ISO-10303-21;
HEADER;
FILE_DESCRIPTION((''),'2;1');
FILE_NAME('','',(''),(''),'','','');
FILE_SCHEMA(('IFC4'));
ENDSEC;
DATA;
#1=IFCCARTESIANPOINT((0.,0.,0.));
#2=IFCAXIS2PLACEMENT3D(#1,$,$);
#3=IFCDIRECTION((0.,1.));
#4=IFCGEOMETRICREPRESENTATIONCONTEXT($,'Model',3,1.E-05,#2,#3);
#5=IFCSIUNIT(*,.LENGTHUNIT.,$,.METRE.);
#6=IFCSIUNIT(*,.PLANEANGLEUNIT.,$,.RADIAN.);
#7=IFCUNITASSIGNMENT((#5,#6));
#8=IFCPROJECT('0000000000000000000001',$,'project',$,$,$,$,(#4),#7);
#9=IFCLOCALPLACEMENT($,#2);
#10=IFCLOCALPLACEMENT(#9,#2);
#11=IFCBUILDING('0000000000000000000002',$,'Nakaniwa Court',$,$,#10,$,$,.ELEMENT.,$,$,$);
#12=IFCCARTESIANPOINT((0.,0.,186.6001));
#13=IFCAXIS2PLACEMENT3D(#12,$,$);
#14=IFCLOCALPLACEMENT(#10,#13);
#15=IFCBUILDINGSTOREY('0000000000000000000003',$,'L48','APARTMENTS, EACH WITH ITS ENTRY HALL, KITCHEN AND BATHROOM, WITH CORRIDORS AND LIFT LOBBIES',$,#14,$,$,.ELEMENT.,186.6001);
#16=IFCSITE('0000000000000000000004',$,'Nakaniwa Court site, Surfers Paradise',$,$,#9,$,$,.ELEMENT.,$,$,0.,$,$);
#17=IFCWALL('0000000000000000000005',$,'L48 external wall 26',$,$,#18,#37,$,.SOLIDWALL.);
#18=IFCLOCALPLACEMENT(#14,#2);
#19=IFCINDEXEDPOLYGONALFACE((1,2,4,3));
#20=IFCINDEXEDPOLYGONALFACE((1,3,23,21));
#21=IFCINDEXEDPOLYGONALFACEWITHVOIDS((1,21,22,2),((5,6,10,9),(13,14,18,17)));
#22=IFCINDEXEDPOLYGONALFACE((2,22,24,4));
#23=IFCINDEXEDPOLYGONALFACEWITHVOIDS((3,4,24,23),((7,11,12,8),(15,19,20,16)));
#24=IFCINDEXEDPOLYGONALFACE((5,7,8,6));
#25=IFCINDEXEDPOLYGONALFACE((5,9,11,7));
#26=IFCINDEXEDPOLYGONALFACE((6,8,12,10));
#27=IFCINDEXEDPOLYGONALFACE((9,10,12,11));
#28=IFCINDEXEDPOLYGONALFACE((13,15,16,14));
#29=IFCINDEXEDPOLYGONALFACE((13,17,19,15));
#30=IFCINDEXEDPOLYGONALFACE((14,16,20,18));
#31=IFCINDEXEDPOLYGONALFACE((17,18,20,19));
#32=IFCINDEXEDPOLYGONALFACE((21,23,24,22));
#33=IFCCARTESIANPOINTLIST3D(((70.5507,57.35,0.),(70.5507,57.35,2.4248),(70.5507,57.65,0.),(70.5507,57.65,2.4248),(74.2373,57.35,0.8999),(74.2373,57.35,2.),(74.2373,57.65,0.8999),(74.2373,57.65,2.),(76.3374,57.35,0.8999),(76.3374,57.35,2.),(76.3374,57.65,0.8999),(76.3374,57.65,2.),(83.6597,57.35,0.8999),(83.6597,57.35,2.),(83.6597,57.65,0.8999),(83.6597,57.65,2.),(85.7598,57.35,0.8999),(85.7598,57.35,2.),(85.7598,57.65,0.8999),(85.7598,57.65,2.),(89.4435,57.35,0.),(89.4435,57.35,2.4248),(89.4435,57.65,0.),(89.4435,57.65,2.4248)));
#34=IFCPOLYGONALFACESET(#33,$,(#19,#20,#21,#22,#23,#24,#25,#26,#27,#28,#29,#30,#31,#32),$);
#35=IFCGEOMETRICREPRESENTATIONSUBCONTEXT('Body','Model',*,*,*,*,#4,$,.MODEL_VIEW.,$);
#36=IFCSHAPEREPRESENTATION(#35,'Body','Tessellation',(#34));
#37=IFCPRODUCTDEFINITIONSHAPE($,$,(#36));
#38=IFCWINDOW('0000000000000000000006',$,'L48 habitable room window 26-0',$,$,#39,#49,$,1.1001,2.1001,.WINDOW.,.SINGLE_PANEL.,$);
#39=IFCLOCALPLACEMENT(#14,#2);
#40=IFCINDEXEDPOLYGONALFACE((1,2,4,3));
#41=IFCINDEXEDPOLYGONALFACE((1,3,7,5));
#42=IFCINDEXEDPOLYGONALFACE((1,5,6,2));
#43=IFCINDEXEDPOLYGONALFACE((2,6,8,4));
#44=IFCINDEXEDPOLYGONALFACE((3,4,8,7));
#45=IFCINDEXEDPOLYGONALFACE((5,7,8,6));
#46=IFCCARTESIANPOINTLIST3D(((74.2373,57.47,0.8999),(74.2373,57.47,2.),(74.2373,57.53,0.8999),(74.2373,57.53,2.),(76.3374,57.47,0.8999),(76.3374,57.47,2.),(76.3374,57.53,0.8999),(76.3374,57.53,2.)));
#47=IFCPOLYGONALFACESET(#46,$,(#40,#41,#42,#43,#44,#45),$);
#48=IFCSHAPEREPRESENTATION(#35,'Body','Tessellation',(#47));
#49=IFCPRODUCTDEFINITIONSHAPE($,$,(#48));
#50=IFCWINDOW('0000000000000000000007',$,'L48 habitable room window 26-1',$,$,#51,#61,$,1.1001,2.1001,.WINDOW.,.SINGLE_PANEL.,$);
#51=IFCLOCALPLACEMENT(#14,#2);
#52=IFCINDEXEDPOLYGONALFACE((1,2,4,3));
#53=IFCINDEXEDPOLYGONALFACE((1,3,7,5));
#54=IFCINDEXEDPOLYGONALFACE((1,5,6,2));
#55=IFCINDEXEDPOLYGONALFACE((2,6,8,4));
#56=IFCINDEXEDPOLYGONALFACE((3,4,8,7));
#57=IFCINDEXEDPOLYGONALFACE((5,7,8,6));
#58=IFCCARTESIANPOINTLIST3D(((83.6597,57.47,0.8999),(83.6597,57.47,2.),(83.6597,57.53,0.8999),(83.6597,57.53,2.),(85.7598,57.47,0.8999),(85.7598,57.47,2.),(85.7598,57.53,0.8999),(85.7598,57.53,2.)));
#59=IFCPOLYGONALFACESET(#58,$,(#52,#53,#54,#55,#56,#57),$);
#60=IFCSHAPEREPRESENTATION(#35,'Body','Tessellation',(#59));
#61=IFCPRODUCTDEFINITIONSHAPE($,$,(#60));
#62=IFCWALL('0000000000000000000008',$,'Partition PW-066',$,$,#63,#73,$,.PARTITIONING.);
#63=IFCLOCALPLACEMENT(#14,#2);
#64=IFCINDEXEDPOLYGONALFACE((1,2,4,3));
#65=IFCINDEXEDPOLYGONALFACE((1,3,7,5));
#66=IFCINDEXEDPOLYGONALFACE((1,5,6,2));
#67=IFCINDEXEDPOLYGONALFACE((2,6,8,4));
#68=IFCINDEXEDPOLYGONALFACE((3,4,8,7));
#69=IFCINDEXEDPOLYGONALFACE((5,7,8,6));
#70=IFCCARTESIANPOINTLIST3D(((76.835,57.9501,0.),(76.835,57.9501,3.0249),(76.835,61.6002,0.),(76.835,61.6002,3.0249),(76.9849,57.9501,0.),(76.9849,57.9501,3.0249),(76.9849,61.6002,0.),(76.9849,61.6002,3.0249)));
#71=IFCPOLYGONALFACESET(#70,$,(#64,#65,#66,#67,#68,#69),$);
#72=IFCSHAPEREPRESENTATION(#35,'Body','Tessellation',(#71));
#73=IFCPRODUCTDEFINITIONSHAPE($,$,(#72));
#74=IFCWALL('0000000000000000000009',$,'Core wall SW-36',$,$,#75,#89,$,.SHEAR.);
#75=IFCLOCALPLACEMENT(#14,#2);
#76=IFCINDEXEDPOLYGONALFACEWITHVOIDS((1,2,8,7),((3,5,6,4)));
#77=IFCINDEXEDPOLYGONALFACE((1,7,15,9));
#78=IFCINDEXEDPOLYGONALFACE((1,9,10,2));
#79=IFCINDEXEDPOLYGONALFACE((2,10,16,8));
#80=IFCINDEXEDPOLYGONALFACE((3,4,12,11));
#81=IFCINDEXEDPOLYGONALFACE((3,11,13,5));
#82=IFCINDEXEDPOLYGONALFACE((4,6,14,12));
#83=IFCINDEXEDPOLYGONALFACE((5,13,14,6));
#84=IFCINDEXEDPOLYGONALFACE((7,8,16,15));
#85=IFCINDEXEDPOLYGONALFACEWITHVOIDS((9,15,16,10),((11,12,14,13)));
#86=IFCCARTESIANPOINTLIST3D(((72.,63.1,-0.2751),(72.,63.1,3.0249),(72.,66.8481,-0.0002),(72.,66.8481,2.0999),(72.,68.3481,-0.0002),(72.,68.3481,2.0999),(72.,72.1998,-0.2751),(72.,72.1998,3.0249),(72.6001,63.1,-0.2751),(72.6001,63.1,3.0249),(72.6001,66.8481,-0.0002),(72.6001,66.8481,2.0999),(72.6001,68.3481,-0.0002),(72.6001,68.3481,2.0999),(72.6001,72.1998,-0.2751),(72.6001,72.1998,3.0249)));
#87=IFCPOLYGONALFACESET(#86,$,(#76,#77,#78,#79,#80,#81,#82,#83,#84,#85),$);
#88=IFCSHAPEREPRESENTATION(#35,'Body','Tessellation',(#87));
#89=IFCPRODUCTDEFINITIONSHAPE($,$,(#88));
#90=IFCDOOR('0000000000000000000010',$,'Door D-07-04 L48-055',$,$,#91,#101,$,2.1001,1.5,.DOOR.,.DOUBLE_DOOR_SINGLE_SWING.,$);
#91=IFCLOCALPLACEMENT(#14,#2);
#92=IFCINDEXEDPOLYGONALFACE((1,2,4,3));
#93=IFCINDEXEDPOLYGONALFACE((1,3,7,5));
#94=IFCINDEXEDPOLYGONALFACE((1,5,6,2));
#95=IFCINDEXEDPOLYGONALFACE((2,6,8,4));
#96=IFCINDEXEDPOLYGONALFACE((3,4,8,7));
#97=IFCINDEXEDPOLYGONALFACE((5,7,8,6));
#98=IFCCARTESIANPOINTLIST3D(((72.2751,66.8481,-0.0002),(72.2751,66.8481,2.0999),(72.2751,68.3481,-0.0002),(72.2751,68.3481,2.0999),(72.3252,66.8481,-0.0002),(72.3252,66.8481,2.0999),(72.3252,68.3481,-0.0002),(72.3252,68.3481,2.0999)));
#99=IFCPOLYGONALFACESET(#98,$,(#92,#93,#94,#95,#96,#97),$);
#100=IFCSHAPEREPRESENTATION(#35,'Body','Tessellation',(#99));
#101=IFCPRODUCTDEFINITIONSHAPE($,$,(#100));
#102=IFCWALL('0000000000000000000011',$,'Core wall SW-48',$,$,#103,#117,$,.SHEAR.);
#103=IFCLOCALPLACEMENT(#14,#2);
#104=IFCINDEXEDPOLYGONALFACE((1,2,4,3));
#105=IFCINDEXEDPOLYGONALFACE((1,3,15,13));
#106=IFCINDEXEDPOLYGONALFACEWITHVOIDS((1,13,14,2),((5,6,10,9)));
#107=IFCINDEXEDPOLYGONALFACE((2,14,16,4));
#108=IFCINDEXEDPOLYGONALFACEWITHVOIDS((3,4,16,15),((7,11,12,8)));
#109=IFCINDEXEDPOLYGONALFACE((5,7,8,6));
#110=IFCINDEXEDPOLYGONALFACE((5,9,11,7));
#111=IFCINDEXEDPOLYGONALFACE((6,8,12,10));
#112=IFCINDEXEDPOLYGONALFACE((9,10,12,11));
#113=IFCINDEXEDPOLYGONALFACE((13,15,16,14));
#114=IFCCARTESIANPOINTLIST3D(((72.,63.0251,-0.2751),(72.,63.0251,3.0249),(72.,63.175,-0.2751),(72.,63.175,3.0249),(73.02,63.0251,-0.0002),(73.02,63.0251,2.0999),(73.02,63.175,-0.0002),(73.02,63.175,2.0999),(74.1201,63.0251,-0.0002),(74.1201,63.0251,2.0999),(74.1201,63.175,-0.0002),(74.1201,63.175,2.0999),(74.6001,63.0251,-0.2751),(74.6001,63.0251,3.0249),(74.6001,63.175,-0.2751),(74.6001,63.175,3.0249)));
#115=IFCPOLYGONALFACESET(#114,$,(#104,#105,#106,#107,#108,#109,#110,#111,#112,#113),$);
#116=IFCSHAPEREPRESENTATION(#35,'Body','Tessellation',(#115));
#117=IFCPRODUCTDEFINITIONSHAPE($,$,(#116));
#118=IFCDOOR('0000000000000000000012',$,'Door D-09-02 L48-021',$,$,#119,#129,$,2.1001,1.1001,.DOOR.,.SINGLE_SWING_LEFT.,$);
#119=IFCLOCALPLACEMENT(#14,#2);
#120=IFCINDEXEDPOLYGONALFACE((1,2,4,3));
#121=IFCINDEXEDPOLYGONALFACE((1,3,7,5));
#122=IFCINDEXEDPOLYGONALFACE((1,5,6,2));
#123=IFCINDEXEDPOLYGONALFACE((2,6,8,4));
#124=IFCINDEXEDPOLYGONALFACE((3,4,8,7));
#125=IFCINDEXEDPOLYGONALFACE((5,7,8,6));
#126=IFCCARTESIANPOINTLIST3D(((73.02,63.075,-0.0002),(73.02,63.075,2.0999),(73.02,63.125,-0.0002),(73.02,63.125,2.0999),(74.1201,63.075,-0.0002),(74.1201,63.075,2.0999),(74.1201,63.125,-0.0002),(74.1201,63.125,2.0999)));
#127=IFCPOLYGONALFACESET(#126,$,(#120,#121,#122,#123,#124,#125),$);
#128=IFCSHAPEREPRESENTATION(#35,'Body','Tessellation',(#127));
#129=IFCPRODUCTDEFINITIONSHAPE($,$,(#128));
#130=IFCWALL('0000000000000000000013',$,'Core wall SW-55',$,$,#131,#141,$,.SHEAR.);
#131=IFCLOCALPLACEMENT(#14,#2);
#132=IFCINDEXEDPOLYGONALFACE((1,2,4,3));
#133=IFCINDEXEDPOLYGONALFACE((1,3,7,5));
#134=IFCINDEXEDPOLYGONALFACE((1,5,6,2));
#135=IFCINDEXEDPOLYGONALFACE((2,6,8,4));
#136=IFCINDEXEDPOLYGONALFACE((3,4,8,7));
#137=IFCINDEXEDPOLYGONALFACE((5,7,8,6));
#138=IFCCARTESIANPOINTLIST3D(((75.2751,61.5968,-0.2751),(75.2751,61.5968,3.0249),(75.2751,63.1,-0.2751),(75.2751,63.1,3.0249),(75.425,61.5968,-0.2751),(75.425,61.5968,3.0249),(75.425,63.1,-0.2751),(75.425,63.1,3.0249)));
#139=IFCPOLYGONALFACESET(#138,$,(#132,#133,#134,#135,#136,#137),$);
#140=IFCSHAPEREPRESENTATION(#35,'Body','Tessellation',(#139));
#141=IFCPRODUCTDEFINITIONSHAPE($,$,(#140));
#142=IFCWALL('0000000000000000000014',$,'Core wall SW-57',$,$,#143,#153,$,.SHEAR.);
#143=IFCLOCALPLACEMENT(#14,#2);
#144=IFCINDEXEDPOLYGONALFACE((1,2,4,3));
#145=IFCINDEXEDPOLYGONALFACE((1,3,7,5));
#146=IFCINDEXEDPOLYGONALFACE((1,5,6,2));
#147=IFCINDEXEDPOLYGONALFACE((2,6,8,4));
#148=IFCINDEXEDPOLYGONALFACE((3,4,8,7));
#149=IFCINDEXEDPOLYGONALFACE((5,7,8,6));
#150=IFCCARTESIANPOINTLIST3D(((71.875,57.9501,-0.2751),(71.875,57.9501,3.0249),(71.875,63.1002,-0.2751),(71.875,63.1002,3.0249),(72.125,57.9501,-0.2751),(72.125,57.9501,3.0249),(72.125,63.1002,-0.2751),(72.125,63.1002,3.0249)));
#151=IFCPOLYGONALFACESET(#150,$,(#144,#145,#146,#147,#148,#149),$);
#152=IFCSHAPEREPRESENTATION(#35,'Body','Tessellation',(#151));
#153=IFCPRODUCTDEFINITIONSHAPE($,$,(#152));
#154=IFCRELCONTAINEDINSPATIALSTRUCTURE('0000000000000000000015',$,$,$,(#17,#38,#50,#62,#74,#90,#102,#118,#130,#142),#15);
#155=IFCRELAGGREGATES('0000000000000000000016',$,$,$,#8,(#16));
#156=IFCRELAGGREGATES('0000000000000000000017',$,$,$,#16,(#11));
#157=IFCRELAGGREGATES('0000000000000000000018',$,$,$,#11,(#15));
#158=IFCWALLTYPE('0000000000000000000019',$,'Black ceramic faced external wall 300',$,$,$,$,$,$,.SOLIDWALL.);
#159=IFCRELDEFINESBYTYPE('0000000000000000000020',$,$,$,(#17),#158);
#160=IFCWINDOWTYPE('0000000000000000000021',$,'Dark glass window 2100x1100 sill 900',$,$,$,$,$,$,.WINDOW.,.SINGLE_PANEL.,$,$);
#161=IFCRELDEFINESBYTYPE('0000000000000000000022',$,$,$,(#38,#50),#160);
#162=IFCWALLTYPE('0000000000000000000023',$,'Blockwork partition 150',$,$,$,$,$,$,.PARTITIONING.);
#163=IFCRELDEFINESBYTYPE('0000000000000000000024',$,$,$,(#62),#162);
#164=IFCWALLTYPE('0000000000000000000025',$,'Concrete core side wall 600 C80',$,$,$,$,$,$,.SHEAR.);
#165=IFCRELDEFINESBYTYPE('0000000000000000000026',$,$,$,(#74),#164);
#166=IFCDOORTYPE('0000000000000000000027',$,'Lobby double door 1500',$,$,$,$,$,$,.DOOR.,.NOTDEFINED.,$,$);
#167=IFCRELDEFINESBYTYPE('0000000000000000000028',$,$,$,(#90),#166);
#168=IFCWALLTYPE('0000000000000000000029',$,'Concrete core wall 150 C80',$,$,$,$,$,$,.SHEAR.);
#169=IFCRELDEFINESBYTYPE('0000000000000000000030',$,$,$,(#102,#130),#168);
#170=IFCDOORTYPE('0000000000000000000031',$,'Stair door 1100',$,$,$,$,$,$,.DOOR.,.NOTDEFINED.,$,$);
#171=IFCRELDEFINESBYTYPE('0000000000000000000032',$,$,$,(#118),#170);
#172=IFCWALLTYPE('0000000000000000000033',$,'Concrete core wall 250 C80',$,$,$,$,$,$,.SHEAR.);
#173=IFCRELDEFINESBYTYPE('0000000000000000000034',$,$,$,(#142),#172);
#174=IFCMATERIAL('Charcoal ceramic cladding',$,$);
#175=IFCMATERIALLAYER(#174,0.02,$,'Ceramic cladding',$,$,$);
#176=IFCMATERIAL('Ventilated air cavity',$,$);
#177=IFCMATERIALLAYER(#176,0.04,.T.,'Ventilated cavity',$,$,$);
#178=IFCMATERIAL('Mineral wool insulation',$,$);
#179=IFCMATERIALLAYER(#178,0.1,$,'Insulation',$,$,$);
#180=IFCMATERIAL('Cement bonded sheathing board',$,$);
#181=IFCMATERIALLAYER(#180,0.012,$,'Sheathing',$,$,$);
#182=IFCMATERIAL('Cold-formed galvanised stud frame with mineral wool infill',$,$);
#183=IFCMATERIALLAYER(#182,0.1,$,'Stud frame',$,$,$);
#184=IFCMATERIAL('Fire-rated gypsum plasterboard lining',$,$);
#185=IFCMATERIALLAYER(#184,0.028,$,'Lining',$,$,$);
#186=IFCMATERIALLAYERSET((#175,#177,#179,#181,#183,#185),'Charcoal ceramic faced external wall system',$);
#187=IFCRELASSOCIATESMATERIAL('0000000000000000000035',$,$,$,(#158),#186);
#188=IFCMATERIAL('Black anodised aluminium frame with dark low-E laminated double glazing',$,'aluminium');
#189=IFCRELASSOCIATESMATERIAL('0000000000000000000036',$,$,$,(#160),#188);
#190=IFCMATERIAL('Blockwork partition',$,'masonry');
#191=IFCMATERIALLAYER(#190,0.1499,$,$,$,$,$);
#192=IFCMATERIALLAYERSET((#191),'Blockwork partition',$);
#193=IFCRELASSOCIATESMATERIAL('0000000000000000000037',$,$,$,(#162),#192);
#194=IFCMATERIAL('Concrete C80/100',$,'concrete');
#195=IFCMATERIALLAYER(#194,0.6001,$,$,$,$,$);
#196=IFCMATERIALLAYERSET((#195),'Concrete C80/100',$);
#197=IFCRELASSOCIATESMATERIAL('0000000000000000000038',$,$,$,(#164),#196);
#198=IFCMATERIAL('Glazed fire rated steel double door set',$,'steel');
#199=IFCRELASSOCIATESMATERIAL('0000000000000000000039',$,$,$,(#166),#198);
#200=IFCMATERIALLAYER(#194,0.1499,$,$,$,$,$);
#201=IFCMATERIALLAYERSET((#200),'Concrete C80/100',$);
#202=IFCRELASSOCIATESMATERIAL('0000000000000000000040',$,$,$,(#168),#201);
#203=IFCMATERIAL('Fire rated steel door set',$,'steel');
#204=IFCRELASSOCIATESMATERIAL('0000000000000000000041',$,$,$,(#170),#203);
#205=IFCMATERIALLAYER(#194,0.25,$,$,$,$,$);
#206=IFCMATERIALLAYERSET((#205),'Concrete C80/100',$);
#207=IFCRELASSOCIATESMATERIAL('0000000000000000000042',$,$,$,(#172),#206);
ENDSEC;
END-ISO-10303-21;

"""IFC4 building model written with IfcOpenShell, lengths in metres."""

from ifc_helpers import new_model, si_unit, direction, frame, frame_2d, origin, place, context, subcontext, project, spatial, rectangle, extrude, material, layer, layer_set, type_object, element, fill, save


model = new_model("IFC4")

# Units and contexts
model_context = context("Model", 3, precision=1e-05, world=origin(), true_north=direction((0.0, 1.0)))
body_context = subcontext(model_context, "Body", "Model", "MODEL_VIEW")
ifc_project = project(units=[si_unit("LENGTHUNIT", "METRE"), si_unit("PLANEANGLEUNIT", "RADIAN")], contexts=[model_context])

# Site, building, storey
site_placement = place(None, origin())
site = spatial("IfcSite", under=ifc_project, at=site_placement, Name="Nakaniwa Court site, Surfers Paradise", CompositionType="ELEMENT", RefElevation=0.0)
building_placement = place(site_placement, origin())
building = spatial("IfcBuilding", under=site, at=building_placement, Name="Nakaniwa Court", CompositionType="ELEMENT")
storey_placement = place(building_placement, frame((0.0, 0.0, 186.6001)))
storey = spatial("IfcBuildingStorey", under=building, at=storey_placement, Name="L48", Description="APARTMENTS, EACH WITH ITS ENTRY HALL, KITCHEN AND BATHROOM, WITH CORRIDORS AND LIFT LOBBIES", CompositionType="ELEMENT", Elevation=186.6001)

# Wall, openings, windows
ifc_material_1 = material(Name="Charcoal ceramic cladding")
ifc_layer_1 = layer(ifc_material_1, 0.02, Name="Ceramic cladding")
ifc_material_2 = material(Name="Ventilated air cavity")
ifc_layer_2 = layer(ifc_material_2, 0.04, ventilated=True, Name="Ventilated cavity")
ifc_material_3 = material(Name="Mineral wool insulation")
ifc_layer_3 = layer(ifc_material_3, 0.1, Name="Insulation")
ifc_material_4 = material(Name="Cement bonded sheathing board")
ifc_layer_4 = layer(ifc_material_4, 0.012, Name="Sheathing")
ifc_material_5 = material(Name="Cold-formed galvanised stud frame with mineral wool infill")
ifc_layer_5 = layer(ifc_material_5, 0.1, Name="Stud frame")
ifc_material_6 = material(Name="Fire-rated gypsum plasterboard lining")
ifc_layer_6 = layer(ifc_material_6, 0.028, Name="Lining")
ifc_layer_set_1 = layer_set([ifc_layer_1, ifc_layer_2, ifc_layer_3, ifc_layer_4, ifc_layer_5, ifc_layer_6], Name="Charcoal ceramic faced external wall system")
wall_type_1 = type_object("IfcWallType", Name="Black ceramic faced external wall 300", PredefinedType="SOLIDWALL", material=ifc_layer_set_1)
wall_1_placement = place(storey_placement, frame((70.5508, 57.5, 0.0), z_axis=(0.0, 0.0, 1.0), x_axis=(1.0, 0.0, 0.0)))
wall_1 = element("IfcWall", 1, at=wall_1_placement, inside=storey, type_object=wall_type_1, Name="L48 external wall 26", PredefinedType="SOLIDWALL", context=body_context, shape_type="SweptSolid", body=[
    extrude(rectangle(XDim=18.8928, YDim=0.3, at=frame_2d((9.4463, 0.0))), origin(), (0.0, 0.0, 1.0), 2.4248),
])
opening_1_placement = place(wall_1_placement, frame((3.6865, 0.0, 0.8999)))
opening_1 = element("IfcOpeningElement", 2, at=opening_1_placement, cuts=wall_1, PredefinedType="OPENING", context=body_context, shape_type="SweptSolid", body=[
    extrude(rectangle(XDim=2.1001, YDim=1.1001, at=frame_2d((1.05, 0.55))), frame((0.0, 0.1599, 0.0), z_axis=(0.0, -1.0, 0.0), x_axis=(1.0, 0.0, 0.0)), (0.0, 0.0, 1.0), 0.3201),
])
opening_2_placement = place(wall_1_placement, frame((13.1089, 0.0, 0.8999)))
opening_2 = element("IfcOpeningElement", 3, at=opening_2_placement, cuts=wall_1, PredefinedType="OPENING", context=body_context, shape_type="SweptSolid", body=[
    extrude(rectangle(XDim=2.1001, YDim=1.1001, at=frame_2d((1.05, 0.55))), frame((0.0, 0.1599, 0.0), z_axis=(0.0, -1.0, 0.0), x_axis=(1.0, 0.0, 0.0)), (0.0, 0.0, 1.0), 0.3201),
])
ifc_material_7 = material(Name="Black anodised aluminium frame with dark low-E laminated double glazing", Category="aluminium")
window_type = type_object("IfcWindowType", Name="Dark glass window 2100x1100 sill 900", PartitioningType="SINGLE_PANEL", PredefinedType="WINDOW", material=ifc_material_7)
window_1_placement = place(opening_1_placement, origin())
window_1 = element("IfcWindow", 4, at=window_1_placement, inside=storey, type_object=window_type, Name="L48 habitable room window 26-0", OverallHeight=1.1001, OverallWidth=2.1001, PartitioningType="SINGLE_PANEL", PredefinedType="WINDOW", context=body_context, shape_type="SweptSolid", body=[
    extrude(rectangle(XDim=2.1001, YDim=1.1001, at=frame_2d((1.05, 0.55))), frame((0.0, 0.03, 0.0), z_axis=(0.0, -1.0, 0.0), x_axis=(1.0, 0.0, 0.0)), (0.0, 0.0, 1.0), 0.0601),
])
fill(opening_1, window_1)
window_2_placement = place(opening_2_placement, origin())
window_2 = element("IfcWindow", 5, at=window_2_placement, inside=storey, type_object=window_type, Name="L48 habitable room window 26-1", OverallHeight=1.1001, OverallWidth=2.1001, PartitioningType="SINGLE_PANEL", PredefinedType="WINDOW", context=body_context, shape_type="SweptSolid", body=[
    extrude(rectangle(XDim=2.1001, YDim=1.1001, at=frame_2d((1.05, 0.55))), frame((0.0, 0.03, 0.0), z_axis=(0.0, -1.0, 0.0), x_axis=(1.0, 0.0, 0.0)), (0.0, 0.0, 1.0), 0.0601),
])
fill(opening_2, window_2)

# Wall
ifc_material_8 = material(Name="Blockwork partition", Category="masonry")
ifc_layer_7 = layer(ifc_material_8, 0.1499)
ifc_layer_set_2 = layer_set([ifc_layer_7], Name="Blockwork partition")
wall_type_2 = type_object("IfcWallType", Name="Blockwork partition 150", PredefinedType="PARTITIONING", material=ifc_layer_set_2)
wall_2_placement = place(storey_placement, frame((76.9099, 57.95, 0.0), z_axis=(0.0, 0.0, 1.0), x_axis=(0.0, 1.0, 0.0)))
element("IfcWall", 6, at=wall_2_placement, inside=storey, type_object=wall_type_2, Name="Partition PW-066", PredefinedType="PARTITIONING", context=body_context, shape_type="SweptSolid", body=[
    extrude(rectangle(XDim=3.6501, YDim=0.1499, at=frame_2d((1.8252, 0.0))), origin(), (0.0, 0.0, 1.0), 3.0249),
])

# Walls, openings, doors
ifc_material_9 = material(Name="Concrete C80/100", Category="concrete")
ifc_layer_8 = layer(ifc_material_9, 0.6001)
ifc_layer_set_3 = layer_set([ifc_layer_8], Name="Concrete C80/100")
wall_type_3 = type_object("IfcWallType", Name="Concrete core side wall 600 C80", PredefinedType="SHEAR", material=ifc_layer_set_3)
wall_3_placement = place(storey_placement, frame((72.3, 63.1001, -0.2751), z_axis=(0.0, 0.0, 1.0), x_axis=(0.0, 1.0, 0.0)))
wall_3 = element("IfcWall", 7, at=wall_3_placement, inside=storey, type_object=wall_type_3, Name="Core wall SW-36", PredefinedType="SHEAR", context=body_context, shape_type="SweptSolid", body=[
    extrude(rectangle(XDim=9.0999, YDim=0.6001, at=frame_2d((4.5498, 0.0))), origin(), (0.0, 0.0, 1.0), 3.3),
])
opening_3_placement = place(wall_3_placement, frame((3.748, 0.0, 0.2749)))
opening_3 = element("IfcOpeningElement", 8, at=opening_3_placement, cuts=wall_3, PredefinedType="OPENING", context=body_context, shape_type="SweptSolid", body=[
    extrude(rectangle(XDim=1.5, YDim=2.1001, at=frame_2d((0.75, 1.05))), frame((0.0, 0.3101, 0.0), z_axis=(0.0, -1.0, 0.0), x_axis=(1.0, 0.0, 0.0)), (0.0, 0.0, 1.0), 0.6201),
])
ifc_material_10 = material(Name="Glazed fire rated steel double door set", Category="steel")
door_type_1 = type_object("IfcDoorType", Name="Lobby double door 1500", OperationType="NOTDEFINED", PredefinedType="DOOR", material=ifc_material_10)
door_1_placement = place(opening_3_placement, origin())
door_1 = element("IfcDoor", 9, at=door_1_placement, inside=storey, type_object=door_type_1, Name="Door D-07-04 L48-055", OperationType="DOUBLE_DOOR_SINGLE_SWING", OverallHeight=2.1001, OverallWidth=1.5, PredefinedType="DOOR", context=body_context, shape_type="SweptSolid", body=[
    extrude(rectangle(XDim=1.5, YDim=2.1001, at=frame_2d((0.75, 1.05))), frame((0.0, 0.0249, 0.0), z_axis=(0.0, -1.0, 0.0), x_axis=(1.0, 0.0, 0.0)), (0.0, 0.0, 1.0), 0.05),
])
fill(opening_3, door_1)
ifc_layer_9 = layer(ifc_material_9, 0.1499)
ifc_layer_set_4 = layer_set([ifc_layer_9], Name="Concrete C80/100")
wall_type_4 = type_object("IfcWallType", Name="Concrete core wall 150 C80", PredefinedType="SHEAR", material=ifc_layer_set_4)
wall_4_placement = place(storey_placement, frame((72.0, 63.1001, -0.2751), z_axis=(0.0, 0.0, 1.0), x_axis=(1.0, 0.0, 0.0)))
wall_4 = element("IfcWall", 10, at=wall_4_placement, inside=storey, type_object=wall_type_4, Name="Core wall SW-48", PredefinedType="SHEAR", context=body_context, shape_type="SweptSolid", body=[
    extrude(rectangle(XDim=2.6001, YDim=0.1499, at=frame_2d((1.3, 0.0))), origin(), (0.0, 0.0, 1.0), 3.3),
])
opening_4_placement = place(wall_4_placement, frame((1.02, 0.0, 0.2749)))
opening_4 = element("IfcOpeningElement", 11, at=opening_4_placement, cuts=wall_4, PredefinedType="OPENING", context=body_context, shape_type="SweptSolid", body=[
    extrude(rectangle(XDim=1.1001, YDim=2.1001, at=frame_2d((0.55, 1.05))), frame((0.0, 0.085, 0.0), z_axis=(0.0, -1.0, 0.0), x_axis=(1.0, 0.0, 0.0)), (0.0, 0.0, 1.0), 0.1699),
])
ifc_material_11 = material(Name="Fire rated steel door set", Category="steel")
door_type_2 = type_object("IfcDoorType", Name="Stair door 1100", OperationType="NOTDEFINED", PredefinedType="DOOR", material=ifc_material_11)
door_2_placement = place(opening_4_placement, origin())
door_2 = element("IfcDoor", 12, at=door_2_placement, inside=storey, type_object=door_type_2, Name="Door D-09-02 L48-021", OperationType="SINGLE_SWING_LEFT", OverallHeight=2.1001, OverallWidth=1.1001, PredefinedType="DOOR", context=body_context, shape_type="SweptSolid", body=[
    extrude(rectangle(XDim=1.1001, YDim=2.1001, at=frame_2d((0.55, 1.05))), frame((0.0, 0.0249, 0.0), z_axis=(0.0, -1.0, 0.0), x_axis=(1.0, 0.0, 0.0)), (0.0, 0.0, 1.0), 0.05),
])
fill(opening_4, door_2)

# Walls
wall_5_placement = place(storey_placement, frame((75.3501, 61.5969, -0.2751), z_axis=(0.0, 0.0, 1.0), x_axis=(0.0, 1.0, 0.0)))
element("IfcWall", 13, at=wall_5_placement, inside=storey, type_object=wall_type_4, Name="Core wall SW-55", PredefinedType="SHEAR", context=body_context, shape_type="SweptSolid", body=[
    extrude(rectangle(XDim=1.5032, YDim=0.1499, at=frame_2d((0.7515, 0.0))), origin(), (0.0, 0.0, 1.0), 3.3),
])
ifc_layer_10 = layer(ifc_material_9, 0.25)
ifc_layer_set_5 = layer_set([ifc_layer_10], Name="Concrete C80/100")
wall_type_5 = type_object("IfcWallType", Name="Concrete core wall 250 C80", PredefinedType="SHEAR", material=ifc_layer_set_5)
wall_6_placement = place(storey_placement, frame((72.0, 57.95, -0.2751), z_axis=(0.0, 0.0, 1.0), x_axis=(0.0, 1.0, 0.0)))
element("IfcWall", 14, at=wall_6_placement, inside=storey, type_object=wall_type_5, Name="Core wall SW-57", PredefinedType="SHEAR", context=body_context, shape_type="SweptSolid", body=[
    extrude(rectangle(XDim=5.1501, YDim=0.25, at=frame_2d((2.5752, 0.0))), origin(), (0.0, 0.0, 1.0), 3.3),
])

save(model, "model.ifc")
